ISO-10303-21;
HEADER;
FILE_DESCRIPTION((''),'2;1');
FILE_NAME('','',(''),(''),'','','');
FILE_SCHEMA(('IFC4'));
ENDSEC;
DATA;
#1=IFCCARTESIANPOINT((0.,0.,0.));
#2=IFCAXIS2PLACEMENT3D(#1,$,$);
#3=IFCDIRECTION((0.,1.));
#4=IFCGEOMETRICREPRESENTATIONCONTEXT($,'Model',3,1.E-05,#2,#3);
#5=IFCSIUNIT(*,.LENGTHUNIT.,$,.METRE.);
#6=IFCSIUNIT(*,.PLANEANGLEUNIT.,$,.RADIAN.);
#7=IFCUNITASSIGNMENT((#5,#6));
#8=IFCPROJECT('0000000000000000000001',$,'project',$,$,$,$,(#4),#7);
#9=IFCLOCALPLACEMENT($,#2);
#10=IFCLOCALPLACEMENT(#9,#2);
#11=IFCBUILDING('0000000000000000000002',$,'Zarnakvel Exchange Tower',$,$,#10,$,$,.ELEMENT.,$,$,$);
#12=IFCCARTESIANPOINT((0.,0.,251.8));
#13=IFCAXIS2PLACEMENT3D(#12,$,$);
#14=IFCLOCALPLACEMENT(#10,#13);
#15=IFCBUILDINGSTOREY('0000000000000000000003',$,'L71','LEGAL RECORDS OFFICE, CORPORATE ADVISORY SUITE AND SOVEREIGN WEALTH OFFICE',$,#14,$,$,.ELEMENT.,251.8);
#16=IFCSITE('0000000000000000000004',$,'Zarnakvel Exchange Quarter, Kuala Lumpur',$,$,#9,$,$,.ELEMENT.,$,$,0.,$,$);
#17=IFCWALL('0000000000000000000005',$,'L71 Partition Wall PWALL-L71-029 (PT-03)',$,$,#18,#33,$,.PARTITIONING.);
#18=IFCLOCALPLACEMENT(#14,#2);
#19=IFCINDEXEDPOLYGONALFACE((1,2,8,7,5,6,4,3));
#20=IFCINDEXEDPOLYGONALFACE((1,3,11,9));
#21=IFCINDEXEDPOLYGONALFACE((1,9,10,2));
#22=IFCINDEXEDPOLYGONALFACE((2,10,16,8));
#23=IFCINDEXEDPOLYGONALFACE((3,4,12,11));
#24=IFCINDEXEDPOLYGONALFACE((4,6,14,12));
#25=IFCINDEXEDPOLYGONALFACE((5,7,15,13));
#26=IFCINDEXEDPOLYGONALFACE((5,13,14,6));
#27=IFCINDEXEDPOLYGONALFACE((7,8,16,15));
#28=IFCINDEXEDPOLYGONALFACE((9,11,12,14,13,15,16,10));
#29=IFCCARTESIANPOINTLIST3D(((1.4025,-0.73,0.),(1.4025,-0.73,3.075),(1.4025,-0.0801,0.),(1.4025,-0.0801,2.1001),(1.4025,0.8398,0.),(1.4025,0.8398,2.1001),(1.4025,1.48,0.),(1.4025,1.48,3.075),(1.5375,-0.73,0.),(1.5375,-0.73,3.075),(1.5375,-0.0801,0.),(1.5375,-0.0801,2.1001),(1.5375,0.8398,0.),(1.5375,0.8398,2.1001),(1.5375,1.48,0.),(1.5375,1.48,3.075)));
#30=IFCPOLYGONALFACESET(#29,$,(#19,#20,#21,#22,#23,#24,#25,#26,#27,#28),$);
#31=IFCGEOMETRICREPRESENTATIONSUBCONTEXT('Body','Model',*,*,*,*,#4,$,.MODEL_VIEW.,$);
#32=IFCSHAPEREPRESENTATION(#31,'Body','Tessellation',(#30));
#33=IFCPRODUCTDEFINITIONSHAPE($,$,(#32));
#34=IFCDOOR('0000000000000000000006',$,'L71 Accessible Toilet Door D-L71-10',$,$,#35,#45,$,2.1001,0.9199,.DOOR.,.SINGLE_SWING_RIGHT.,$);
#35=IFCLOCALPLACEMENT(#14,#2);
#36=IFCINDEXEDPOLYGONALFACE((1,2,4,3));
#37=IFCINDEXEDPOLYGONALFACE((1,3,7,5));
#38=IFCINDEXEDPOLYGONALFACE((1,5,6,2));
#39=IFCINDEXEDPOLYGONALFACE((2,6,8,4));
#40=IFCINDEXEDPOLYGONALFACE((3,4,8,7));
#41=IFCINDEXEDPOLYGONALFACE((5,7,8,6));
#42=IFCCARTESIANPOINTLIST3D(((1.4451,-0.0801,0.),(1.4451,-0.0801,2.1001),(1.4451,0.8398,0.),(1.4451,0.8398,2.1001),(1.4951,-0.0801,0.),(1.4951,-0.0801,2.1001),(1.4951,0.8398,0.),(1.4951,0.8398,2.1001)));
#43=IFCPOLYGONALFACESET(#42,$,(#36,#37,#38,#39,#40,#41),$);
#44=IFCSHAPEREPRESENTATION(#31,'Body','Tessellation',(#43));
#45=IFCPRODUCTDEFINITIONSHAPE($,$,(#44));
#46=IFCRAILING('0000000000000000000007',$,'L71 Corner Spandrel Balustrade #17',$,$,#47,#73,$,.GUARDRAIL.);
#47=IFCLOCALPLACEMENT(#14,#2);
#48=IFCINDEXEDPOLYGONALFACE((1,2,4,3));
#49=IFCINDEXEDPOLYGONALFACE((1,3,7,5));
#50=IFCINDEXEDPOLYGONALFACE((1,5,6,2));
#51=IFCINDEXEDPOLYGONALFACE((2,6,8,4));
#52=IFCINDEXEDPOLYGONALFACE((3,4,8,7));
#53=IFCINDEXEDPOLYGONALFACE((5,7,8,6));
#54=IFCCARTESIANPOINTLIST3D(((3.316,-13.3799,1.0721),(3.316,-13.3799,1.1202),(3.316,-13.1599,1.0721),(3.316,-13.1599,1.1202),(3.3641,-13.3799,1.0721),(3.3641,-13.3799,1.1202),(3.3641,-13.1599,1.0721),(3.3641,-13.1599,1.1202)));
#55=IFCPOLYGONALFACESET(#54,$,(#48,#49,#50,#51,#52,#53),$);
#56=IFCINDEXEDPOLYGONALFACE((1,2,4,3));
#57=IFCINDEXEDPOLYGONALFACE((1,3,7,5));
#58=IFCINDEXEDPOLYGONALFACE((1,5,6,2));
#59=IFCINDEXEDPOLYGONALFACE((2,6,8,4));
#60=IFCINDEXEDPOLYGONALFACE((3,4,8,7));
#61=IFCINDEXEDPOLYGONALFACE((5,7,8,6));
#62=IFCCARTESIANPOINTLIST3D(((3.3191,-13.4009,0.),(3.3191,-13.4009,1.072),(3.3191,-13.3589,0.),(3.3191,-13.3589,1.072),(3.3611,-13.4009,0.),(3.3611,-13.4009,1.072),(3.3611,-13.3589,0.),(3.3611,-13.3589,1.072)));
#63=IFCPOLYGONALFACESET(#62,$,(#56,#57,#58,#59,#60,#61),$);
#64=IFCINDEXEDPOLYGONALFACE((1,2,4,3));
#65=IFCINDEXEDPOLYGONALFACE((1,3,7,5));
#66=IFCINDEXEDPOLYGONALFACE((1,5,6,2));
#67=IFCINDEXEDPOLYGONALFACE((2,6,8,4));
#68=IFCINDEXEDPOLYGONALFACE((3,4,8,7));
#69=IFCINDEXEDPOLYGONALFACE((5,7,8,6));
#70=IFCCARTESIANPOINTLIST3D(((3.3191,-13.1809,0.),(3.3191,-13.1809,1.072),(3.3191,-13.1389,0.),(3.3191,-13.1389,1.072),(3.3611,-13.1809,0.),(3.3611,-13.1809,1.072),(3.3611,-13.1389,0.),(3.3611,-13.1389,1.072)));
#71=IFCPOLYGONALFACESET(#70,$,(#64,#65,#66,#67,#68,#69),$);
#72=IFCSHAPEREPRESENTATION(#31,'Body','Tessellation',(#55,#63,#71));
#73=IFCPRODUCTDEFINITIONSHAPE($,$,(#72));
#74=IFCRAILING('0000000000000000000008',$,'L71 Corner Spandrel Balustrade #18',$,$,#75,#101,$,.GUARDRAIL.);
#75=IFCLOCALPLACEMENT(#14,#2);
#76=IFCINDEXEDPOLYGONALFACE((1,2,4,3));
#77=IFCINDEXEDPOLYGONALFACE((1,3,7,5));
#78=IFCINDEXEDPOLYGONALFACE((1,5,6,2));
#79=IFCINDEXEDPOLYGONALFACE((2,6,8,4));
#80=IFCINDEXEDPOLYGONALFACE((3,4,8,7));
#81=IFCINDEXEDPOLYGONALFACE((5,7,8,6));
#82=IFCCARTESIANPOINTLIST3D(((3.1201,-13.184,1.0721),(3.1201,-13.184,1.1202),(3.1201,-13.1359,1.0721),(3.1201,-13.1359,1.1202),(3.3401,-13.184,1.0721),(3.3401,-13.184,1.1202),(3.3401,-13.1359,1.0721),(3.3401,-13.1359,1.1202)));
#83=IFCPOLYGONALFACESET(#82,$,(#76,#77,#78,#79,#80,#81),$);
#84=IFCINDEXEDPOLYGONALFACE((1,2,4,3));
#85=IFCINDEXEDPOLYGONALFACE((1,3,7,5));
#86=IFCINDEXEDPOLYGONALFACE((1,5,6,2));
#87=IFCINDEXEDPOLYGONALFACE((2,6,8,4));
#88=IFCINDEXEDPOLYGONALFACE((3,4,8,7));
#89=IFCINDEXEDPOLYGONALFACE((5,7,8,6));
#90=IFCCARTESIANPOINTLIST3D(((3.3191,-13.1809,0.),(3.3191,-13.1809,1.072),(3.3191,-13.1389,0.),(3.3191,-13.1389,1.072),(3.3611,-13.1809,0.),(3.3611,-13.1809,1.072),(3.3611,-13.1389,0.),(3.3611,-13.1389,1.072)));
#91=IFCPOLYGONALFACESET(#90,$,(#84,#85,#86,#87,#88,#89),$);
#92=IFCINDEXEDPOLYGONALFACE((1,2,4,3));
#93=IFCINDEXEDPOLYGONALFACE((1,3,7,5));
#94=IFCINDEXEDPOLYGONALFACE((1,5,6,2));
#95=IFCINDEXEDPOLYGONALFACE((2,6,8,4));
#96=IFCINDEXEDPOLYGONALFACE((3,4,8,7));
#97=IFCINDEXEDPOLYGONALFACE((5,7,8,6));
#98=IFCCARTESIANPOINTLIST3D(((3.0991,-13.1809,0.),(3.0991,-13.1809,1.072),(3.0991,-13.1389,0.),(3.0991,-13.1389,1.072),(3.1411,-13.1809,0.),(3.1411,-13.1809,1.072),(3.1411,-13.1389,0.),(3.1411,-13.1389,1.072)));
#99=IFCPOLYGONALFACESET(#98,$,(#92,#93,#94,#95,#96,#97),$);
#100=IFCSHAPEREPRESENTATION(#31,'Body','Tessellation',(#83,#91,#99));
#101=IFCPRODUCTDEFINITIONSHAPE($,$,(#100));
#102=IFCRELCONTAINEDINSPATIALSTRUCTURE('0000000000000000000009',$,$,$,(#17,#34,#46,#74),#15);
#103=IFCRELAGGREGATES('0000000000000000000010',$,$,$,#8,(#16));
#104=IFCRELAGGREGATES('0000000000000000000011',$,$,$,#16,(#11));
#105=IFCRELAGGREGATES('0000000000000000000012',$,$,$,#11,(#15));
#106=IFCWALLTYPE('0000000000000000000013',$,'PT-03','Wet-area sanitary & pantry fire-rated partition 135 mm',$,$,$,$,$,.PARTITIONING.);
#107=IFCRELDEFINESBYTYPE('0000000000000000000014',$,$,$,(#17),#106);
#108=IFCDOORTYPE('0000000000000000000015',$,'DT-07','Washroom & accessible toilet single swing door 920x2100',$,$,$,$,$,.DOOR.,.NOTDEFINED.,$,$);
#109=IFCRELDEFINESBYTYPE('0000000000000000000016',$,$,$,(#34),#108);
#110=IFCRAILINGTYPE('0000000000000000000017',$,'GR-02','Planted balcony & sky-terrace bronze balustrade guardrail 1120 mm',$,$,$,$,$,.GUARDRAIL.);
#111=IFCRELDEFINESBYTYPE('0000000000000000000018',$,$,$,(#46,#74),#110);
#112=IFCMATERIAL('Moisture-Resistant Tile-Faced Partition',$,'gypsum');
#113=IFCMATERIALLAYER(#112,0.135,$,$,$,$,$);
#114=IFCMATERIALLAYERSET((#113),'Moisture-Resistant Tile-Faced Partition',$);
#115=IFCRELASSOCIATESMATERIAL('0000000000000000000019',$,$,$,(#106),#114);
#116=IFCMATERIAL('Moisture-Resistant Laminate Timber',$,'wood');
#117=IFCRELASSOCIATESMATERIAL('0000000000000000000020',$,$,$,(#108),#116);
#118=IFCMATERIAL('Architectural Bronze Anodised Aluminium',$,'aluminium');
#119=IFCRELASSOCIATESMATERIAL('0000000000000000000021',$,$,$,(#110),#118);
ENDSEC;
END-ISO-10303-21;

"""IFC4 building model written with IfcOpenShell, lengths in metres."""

from ifc_helpers import new_model, si_unit, direction, frame, frame_2d, origin, origin_2d, place, context, subcontext, project, spatial, rectangle, extrude, source, transform, mapped, material, layer, layer_set, type_object, element, fill, save


model = new_model("IFC4")

# Units and contexts
model_context = context("Model", 3, precision=1e-05, world=origin(), true_north=direction((0.0, 1.0)))
body_context = subcontext(model_context, "Body", "Model", "MODEL_VIEW")
ifc_project = project(units=[si_unit("LENGTHUNIT", "METRE"), si_unit("PLANEANGLEUNIT", "RADIAN")], contexts=[model_context])

# Site, building, storey
site_placement = place(None, origin())
site = spatial("IfcSite", under=ifc_project, at=site_placement, Name="Zarnakvel Exchange Quarter, Kuala Lumpur", CompositionType="ELEMENT", RefElevation=0.0)
building_placement = place(site_placement, origin())
building = spatial("IfcBuilding", under=site, at=building_placement, Name="Zarnakvel Exchange Tower", CompositionType="ELEMENT")
storey_placement = place(building_placement, frame((0.0, 0.0, 251.8)))
storey = spatial("IfcBuildingStorey", under=building, at=storey_placement, Name="L71", Description="LEGAL RECORDS OFFICE, CORPORATE ADVISORY SUITE AND SOVEREIGN WEALTH OFFICE", CompositionType="ELEMENT", Elevation=251.8)

# Shared definitions
ifc_material_1 = material(Name="Architectural Bronze Anodised Aluminium", Category="aluminium")

# Shared definitions
ifc_material_2 = material(Name="Moisture-Resistant Tile-Faced Partition", Category="gypsum")
ifc_layer_1 = layer(ifc_material_2, 0.135)
ifc_layer_set_1 = layer_set([ifc_layer_1], Name="Moisture-Resistant Tile-Faced Partition")
wall_type_1 = type_object("IfcWallType", Name="PT-03", Description="Wet-area sanitary & pantry fire-rated partition 135 mm", PredefinedType="PARTITIONING", material=ifc_layer_set_1)

# Wall, opening, door
wall_1_placement = place(storey_placement, frame((1.47, -0.73, 0.0), z_axis=(0.0, 0.0, 1.0), x_axis=(0.0, 1.0, 0.0)))
wall_1 = element("IfcWall", 1, at=wall_1_placement, inside=storey, type_object=wall_type_1, Name="L71 Partition Wall PWALL-L71-029 (PT-03)", PredefinedType="PARTITIONING", context=body_context, shape_type="SweptSolid", body=[
    extrude(rectangle(XDim=2.21, YDim=0.135, at=frame_2d((1.105, 0.0))), origin(), (0.0, 0.0, 1.0), 3.075),
])
opening_1_placement = place(wall_1_placement, frame((0.6499, 0.0, 0.0)))
opening_1 = element("IfcOpeningElement", 2, at=opening_1_placement, cuts=wall_1, PredefinedType="OPENING", context=body_context, shape_type="SweptSolid", body=[
    extrude(rectangle(XDim=0.9199, YDim=2.1001, at=frame_2d((0.46, 1.05))), frame((0.0, 0.0774, 0.0), z_axis=(0.0, -1.0, 0.0), x_axis=(1.0, 0.0, 0.0)), (0.0, 0.0, 1.0), 0.155),
])
ifc_material_3 = material(Name="Moisture-Resistant Laminate Timber", Category="wood")
door_type_1 = type_object("IfcDoorType", Name="DT-07", Description="Washroom & accessible toilet single swing door 920x2100", OperationType="NOTDEFINED", PredefinedType="DOOR", material=ifc_material_3)
shared_shape_1 = source(origin(), body_context, "Body", "SweptSolid", [
    extrude(rectangle(XDim=0.9199, YDim=2.1001, at=frame_2d((0.46, 1.05))), frame((0.0, 0.0249, 0.0), z_axis=(0.0, -1.0, 0.0), x_axis=(1.0, 0.0, 0.0)), (0.0, 0.0, 1.0), 0.05),
])
door_1_placement = place(opening_1_placement, origin())
door_1 = element("IfcDoor", 3, at=door_1_placement, inside=storey, type_object=door_type_1, Name="L71 Accessible Toilet Door D-L71-10", OperationType="SINGLE_SWING_RIGHT", OverallHeight=2.1001, OverallWidth=0.9199, PredefinedType="DOOR", context=body_context, shape_type="MappedRepresentation", body=[
    mapped(shared_shape_1, transform((0.0, 0.0, 0.0), x_axis=(1.0, 0.0, 0.0), y_axis=(0.0, 1.0, 0.0), z_axis=(0.0, 0.0, 1.0), scale=1.0)),
])
fill(opening_1, door_1)

# Railings
railing_type = type_object("IfcRailingType", Name="GR-02", Description="Planted balcony & sky-terrace bronze balustrade guardrail 1120 mm", PredefinedType="GUARDRAIL", material=ifc_material_1)
railing_1_placement = place(storey_placement, frame((3.3401, -13.3799, 0.0)))
element("IfcRailing", 4, at=railing_1_placement, inside=storey, type_object=railing_type, Name="L71 Corner Spandrel Balustrade #17", PredefinedType="GUARDRAIL", context=body_context, shape_type="SweptSolid", body=[
    extrude(rectangle(XDim=0.0481, YDim=0.0481, at=origin_2d()), frame((0.0, 0.0, 1.0962), z_axis=(0.0, 1.0, 0.0), x_axis=(-1.0, 0.0, 0.0)), (0.0, 0.0, 1.0), 0.22),
    extrude(rectangle(XDim=0.042, YDim=0.042, at=origin_2d()), origin(), (0.0, 0.0, 1.0), 1.072),
    extrude(rectangle(XDim=0.042, YDim=0.042, at=origin_2d()), frame((0.0, 0.22, 0.0)), (0.0, 0.0, 1.0), 1.072),
])
railing_2_placement = place(storey_placement, frame((3.3401, -13.1599, 0.0)))
element("IfcRailing", 5, at=railing_2_placement, inside=storey, type_object=railing_type, Name="L71 Corner Spandrel Balustrade #18", PredefinedType="GUARDRAIL", context=body_context, shape_type="SweptSolid", body=[
    extrude(rectangle(XDim=0.0481, YDim=0.0481, at=origin_2d()), frame((0.0, 0.0, 1.0962), z_axis=(-1.0, 0.0, 0.0), x_axis=(0.0, -1.0, 0.0)), (0.0, 0.0, 1.0), 0.22),
    extrude(rectangle(XDim=0.042, YDim=0.042, at=origin_2d()), origin(), (0.0, 0.0, 1.0), 1.072),
    extrude(rectangle(XDim=0.042, YDim=0.042, at=origin_2d()), frame((-0.22, 0.0, 0.0)), (0.0, 0.0, 1.0), 1.072),
])

save(model, "model.ifc")
